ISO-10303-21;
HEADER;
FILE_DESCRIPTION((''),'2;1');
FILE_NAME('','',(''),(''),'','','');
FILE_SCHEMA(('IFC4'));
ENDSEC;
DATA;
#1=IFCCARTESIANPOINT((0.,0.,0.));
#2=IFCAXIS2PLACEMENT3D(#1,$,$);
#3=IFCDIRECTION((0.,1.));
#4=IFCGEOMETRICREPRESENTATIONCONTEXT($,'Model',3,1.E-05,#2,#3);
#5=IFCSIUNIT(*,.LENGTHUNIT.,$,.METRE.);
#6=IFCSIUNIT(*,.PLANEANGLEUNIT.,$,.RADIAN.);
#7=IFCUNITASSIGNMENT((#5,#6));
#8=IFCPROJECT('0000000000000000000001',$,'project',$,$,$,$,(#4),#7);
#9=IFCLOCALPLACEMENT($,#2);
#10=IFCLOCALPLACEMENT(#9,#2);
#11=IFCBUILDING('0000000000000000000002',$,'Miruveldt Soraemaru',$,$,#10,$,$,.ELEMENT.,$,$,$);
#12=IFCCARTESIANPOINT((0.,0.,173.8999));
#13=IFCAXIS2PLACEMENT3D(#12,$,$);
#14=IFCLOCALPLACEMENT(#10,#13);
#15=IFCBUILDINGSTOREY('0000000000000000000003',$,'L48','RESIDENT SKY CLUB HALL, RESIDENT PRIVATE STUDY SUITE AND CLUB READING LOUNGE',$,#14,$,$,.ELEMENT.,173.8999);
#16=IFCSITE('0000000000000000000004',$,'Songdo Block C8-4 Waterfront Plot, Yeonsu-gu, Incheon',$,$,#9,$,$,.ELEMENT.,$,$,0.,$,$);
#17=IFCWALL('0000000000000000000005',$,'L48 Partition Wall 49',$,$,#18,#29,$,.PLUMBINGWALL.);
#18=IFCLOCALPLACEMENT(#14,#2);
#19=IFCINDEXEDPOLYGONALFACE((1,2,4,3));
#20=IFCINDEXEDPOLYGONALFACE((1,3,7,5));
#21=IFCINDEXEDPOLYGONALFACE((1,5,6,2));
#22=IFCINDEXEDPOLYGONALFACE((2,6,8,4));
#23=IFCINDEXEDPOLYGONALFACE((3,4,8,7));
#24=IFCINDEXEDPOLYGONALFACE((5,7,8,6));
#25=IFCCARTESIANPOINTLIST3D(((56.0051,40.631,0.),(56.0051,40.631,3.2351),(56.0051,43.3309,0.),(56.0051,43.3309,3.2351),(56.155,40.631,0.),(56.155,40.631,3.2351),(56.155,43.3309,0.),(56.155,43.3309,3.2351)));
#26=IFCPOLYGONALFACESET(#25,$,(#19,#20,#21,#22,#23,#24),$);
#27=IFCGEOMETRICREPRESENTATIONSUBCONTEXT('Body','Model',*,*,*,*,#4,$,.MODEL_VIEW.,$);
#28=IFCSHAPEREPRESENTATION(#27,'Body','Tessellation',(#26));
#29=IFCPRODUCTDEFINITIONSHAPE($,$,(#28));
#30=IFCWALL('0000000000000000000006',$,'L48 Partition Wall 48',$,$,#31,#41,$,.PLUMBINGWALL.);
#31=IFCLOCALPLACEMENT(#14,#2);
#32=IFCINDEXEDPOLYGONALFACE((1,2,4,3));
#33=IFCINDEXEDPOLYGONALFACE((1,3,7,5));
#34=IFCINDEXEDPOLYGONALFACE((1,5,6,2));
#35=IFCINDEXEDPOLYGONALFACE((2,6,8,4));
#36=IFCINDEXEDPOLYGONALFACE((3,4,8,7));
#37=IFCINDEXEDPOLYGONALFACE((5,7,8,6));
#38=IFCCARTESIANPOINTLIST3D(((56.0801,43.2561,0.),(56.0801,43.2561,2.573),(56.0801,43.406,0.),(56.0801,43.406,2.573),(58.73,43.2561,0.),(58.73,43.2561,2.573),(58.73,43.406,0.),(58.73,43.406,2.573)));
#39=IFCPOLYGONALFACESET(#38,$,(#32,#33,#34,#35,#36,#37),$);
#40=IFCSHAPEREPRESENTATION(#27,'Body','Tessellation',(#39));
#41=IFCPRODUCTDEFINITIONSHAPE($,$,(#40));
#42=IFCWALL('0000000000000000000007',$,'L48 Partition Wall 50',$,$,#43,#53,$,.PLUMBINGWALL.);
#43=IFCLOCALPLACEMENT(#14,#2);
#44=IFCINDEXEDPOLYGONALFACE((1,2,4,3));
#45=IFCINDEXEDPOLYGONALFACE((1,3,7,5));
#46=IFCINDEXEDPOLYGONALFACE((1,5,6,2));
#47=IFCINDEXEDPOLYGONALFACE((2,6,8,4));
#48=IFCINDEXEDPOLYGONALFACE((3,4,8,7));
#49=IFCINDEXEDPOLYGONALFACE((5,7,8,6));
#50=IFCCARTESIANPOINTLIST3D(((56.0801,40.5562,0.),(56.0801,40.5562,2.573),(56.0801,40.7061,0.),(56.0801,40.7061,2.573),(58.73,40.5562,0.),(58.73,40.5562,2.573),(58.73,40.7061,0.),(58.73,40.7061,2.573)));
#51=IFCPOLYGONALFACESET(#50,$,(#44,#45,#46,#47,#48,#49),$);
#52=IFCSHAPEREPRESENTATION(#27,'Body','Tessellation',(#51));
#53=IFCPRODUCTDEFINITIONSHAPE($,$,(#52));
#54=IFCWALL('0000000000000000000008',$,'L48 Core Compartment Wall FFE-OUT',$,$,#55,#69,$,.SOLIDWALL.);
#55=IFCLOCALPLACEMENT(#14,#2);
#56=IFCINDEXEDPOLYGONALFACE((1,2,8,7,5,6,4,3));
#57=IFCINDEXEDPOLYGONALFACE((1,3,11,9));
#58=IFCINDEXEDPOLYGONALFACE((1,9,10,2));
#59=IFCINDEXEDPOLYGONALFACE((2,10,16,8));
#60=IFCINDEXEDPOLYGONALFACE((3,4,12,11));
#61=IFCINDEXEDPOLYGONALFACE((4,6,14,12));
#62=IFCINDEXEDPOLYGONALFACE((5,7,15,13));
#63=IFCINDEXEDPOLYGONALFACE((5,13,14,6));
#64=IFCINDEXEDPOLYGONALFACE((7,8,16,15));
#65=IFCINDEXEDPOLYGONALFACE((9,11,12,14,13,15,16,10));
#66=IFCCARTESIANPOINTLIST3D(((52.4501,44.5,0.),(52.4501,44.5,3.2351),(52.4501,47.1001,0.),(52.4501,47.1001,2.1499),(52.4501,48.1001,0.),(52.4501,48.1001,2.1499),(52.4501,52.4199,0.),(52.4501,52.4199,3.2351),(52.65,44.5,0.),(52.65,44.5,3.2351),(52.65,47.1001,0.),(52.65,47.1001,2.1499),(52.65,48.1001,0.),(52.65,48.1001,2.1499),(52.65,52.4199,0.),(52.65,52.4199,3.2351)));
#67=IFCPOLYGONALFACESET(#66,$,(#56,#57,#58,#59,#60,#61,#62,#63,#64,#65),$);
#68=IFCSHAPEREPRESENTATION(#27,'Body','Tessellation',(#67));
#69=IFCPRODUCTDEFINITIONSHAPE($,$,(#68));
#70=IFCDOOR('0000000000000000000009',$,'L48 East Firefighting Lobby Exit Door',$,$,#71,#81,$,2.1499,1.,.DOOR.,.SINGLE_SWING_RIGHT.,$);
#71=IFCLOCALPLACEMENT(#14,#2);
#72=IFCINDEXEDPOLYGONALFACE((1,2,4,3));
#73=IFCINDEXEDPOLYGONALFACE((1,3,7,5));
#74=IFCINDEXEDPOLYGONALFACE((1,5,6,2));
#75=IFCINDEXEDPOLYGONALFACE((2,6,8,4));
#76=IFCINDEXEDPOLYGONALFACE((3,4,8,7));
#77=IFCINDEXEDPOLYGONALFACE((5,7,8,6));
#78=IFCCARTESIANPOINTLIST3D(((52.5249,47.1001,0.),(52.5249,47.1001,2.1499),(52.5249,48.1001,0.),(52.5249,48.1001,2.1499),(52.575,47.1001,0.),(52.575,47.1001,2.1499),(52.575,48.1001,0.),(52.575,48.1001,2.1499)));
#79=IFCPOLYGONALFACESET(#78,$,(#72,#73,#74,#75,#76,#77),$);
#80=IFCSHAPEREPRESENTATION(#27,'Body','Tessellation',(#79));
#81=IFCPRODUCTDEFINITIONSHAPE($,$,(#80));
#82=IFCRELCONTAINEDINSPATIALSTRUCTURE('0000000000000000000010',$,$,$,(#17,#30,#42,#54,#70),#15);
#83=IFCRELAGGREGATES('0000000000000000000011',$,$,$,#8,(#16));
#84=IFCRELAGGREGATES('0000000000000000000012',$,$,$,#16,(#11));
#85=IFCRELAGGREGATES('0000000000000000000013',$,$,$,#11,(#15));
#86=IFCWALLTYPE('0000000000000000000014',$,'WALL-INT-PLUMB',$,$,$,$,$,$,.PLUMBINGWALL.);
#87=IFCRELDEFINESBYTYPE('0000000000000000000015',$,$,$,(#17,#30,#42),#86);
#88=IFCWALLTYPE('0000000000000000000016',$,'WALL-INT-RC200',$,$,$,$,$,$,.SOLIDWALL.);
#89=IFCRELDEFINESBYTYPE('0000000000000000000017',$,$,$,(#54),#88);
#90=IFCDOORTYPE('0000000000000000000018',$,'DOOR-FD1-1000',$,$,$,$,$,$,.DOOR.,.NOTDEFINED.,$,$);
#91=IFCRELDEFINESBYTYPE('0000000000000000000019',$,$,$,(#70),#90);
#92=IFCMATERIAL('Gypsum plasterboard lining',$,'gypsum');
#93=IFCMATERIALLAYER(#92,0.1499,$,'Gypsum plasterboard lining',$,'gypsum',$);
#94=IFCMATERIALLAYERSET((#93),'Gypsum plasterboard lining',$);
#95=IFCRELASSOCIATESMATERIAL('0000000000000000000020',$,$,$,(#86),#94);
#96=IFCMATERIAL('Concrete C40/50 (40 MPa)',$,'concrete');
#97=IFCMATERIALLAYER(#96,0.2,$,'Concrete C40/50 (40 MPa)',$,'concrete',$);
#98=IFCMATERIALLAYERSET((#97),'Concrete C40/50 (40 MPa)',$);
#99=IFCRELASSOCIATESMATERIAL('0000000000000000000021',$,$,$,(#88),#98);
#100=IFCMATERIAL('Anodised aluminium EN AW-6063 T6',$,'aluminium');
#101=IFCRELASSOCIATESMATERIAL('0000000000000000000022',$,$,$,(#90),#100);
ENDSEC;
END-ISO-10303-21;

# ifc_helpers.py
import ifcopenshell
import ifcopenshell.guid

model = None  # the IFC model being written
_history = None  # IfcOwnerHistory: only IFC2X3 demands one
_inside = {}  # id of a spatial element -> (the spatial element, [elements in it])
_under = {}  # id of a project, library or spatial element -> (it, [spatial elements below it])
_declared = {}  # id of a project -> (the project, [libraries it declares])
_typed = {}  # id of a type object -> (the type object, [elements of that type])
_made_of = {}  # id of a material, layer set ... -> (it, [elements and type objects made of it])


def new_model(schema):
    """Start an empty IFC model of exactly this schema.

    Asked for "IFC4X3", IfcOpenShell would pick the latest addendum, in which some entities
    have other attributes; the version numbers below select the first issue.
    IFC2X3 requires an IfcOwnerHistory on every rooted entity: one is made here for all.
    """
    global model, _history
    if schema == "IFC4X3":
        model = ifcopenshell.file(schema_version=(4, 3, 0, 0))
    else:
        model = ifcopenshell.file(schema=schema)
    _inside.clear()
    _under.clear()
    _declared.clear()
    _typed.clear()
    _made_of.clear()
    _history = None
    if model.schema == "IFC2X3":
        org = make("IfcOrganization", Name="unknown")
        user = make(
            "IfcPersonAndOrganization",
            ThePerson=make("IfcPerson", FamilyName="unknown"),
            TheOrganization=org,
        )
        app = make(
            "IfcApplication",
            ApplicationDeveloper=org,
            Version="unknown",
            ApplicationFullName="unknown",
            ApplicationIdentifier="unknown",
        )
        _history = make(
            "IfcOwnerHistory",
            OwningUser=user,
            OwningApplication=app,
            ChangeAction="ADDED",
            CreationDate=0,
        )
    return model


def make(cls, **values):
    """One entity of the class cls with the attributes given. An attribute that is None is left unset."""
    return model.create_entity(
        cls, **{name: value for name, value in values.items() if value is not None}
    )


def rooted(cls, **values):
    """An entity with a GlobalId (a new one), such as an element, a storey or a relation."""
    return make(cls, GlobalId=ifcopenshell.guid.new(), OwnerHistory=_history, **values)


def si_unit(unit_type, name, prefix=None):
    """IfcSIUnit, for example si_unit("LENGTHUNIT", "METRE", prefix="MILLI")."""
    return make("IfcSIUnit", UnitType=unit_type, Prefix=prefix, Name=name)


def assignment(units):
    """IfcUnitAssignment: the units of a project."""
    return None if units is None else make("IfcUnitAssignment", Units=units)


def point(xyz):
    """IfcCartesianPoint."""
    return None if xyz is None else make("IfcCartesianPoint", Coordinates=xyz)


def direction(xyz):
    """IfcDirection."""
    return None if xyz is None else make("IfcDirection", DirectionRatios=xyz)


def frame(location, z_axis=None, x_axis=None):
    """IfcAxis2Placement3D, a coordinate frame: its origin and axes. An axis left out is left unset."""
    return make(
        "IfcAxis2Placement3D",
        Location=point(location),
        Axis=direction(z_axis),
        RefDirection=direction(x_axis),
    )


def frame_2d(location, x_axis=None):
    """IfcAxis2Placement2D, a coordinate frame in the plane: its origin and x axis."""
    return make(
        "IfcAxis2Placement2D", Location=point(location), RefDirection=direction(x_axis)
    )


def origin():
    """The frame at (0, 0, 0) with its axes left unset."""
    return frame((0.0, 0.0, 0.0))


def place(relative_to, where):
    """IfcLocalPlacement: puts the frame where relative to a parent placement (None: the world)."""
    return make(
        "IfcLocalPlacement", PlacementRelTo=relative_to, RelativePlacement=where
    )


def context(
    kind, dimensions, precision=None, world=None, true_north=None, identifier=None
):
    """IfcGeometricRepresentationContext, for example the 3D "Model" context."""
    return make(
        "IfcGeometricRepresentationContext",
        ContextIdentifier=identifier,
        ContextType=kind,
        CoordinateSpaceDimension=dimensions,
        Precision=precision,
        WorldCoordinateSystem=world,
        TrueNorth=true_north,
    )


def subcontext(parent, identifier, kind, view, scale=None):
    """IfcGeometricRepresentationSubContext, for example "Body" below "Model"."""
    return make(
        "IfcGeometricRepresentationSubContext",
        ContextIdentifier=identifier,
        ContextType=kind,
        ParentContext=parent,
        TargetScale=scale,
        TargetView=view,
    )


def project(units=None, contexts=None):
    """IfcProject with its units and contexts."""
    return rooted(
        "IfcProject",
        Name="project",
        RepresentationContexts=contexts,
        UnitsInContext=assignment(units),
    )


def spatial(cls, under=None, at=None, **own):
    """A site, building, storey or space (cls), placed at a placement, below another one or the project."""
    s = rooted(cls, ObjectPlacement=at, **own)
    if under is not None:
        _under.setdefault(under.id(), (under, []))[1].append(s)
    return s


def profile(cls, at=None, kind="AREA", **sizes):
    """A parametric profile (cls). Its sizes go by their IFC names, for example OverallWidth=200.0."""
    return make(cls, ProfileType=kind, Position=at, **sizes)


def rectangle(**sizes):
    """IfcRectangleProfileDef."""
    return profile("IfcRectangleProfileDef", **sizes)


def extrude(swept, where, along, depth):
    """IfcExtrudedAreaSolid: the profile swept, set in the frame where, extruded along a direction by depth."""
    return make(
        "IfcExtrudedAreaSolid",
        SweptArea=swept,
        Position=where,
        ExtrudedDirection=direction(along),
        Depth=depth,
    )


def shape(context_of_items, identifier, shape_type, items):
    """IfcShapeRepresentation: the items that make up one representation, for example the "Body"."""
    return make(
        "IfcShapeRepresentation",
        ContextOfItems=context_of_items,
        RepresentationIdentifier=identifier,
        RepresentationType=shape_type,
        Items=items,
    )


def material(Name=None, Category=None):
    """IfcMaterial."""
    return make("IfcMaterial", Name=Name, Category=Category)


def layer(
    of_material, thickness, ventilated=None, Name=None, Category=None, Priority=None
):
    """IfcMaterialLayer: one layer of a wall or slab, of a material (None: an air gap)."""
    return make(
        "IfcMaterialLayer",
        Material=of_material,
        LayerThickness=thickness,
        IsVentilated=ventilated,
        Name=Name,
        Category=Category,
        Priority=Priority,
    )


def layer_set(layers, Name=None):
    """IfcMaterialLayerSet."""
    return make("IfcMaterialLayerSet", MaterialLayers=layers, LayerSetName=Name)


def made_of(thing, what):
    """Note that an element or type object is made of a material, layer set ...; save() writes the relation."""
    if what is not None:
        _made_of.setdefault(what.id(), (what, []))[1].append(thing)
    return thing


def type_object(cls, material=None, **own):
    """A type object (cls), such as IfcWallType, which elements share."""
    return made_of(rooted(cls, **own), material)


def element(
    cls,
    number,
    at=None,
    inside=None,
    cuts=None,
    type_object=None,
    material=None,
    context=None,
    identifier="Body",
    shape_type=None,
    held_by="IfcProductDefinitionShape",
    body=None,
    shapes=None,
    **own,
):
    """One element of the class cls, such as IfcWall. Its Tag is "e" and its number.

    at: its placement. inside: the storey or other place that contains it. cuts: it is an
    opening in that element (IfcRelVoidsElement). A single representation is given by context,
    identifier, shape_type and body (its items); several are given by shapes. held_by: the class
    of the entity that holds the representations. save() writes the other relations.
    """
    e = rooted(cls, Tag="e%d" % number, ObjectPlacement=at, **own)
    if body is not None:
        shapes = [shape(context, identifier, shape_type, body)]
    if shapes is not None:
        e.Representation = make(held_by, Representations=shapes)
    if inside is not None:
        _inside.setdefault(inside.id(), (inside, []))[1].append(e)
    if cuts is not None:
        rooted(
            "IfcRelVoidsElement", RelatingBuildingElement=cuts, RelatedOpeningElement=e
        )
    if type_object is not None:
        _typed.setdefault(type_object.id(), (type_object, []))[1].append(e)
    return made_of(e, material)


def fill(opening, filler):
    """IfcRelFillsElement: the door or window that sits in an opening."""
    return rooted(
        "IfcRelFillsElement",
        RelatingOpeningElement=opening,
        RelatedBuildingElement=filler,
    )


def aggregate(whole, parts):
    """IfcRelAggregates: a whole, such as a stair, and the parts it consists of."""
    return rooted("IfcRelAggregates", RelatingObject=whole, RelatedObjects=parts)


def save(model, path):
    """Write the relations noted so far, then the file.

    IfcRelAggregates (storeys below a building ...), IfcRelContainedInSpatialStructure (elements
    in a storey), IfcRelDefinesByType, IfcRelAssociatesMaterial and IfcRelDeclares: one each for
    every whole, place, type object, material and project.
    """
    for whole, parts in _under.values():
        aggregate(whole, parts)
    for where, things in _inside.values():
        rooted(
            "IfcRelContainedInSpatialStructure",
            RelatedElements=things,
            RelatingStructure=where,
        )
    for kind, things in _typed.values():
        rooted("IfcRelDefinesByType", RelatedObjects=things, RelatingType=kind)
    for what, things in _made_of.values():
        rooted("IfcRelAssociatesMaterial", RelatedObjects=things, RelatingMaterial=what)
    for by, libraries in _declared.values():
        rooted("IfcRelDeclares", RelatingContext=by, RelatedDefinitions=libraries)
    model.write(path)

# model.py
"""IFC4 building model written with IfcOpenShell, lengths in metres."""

from ifc_helpers import new_model, si_unit, direction, frame, frame_2d, origin, place, context, subcontext, project, spatial, rectangle, extrude, material, layer, layer_set, type_object, element, fill, save


model = new_model("IFC4")

# Units and contexts
model_context = context("Model", 3, precision=1e-05, world=origin(), true_north=direction((0.0, 1.0)))
body_context = subcontext(model_context, "Body", "Model", "MODEL_VIEW")
ifc_project = project(units=[si_unit("LENGTHUNIT", "METRE"), si_unit("PLANEANGLEUNIT", "RADIAN")], contexts=[model_context])

# Site, building, storey
site_placement = place(None, origin())
site = spatial("IfcSite", under=ifc_project, at=site_placement, Name="Songdo Block C8-4 Waterfront Plot, Yeonsu-gu, Incheon", CompositionType="ELEMENT", RefElevation=0.0)
building_placement = place(site_placement, origin())
building = spatial("IfcBuilding", under=site, at=building_placement, Name="Miruveldt Soraemaru", CompositionType="ELEMENT")
storey_placement = place(building_placement, frame((0.0, 0.0, 173.8999)))
storey = spatial("IfcBuildingStorey", under=building, at=storey_placement, Name="L48", Description="RESIDENT SKY CLUB HALL, RESIDENT PRIVATE STUDY SUITE AND CLUB READING LOUNGE", CompositionType="ELEMENT", Elevation=173.8999)

# Walls
ifc_material_1 = material(Name="Gypsum plasterboard lining", Category="gypsum")
ifc_layer_1 = layer(ifc_material_1, 0.1499, Name="Gypsum plasterboard lining", Category="gypsum")
ifc_layer_set_1 = layer_set([ifc_layer_1], Name="Gypsum plasterboard lining")
wall_type_1 = type_object("IfcWallType", Name="WALL-INT-PLUMB", PredefinedType="PLUMBINGWALL", material=ifc_layer_set_1)
wall_1_placement = place(storey_placement, frame((56.0801, 43.3311, 0.0), z_axis=(0.0, 0.0, 1.0), x_axis=(0.0, -1.0, 0.0)))
element("IfcWall", 1, at=wall_1_placement, inside=storey, type_object=wall_type_1, Name="L48 Partition Wall 49", PredefinedType="PLUMBINGWALL", context=body_context, shape_type="SweptSolid", body=[
    extrude(rectangle(XDim=2.7, YDim=0.1499, at=frame_2d((1.3501, 0.0))), origin(), (0.0, 0.0, 1.0), 3.2351),
])
for number, where, z_axis, x_axis, name in (
    (2, (58.73, 43.3311, 0.0), (0.0, 0.0, 1.0), (-1.0, 0.0, 0.0), "L48 Partition Wall 48"),
    (3, (56.0801, 40.6311, 0.0), (0.0, 0.0, 1.0), (1.0, 0.0, 0.0), "L48 Partition Wall 50"),
):
    element("IfcWall", number, at=place(storey_placement, frame(where, z_axis=z_axis, x_axis=x_axis)), inside=storey, type_object=wall_type_1, Name=name, PredefinedType="PLUMBINGWALL", context=body_context, shape_type="SweptSolid", body=[
        extrude(rectangle(XDim=2.6499, YDim=0.1499, at=frame_2d((1.325, 0.0))), origin(), (0.0, 0.0, 1.0), 2.573),
    ])

# Wall, opening, door
ifc_material_2 = material(Name="Concrete C40/50 (40 MPa)", Category="concrete")
ifc_layer_2 = layer(ifc_material_2, 0.2, Name="Concrete C40/50 (40 MPa)", Category="concrete")
ifc_layer_set_2 = layer_set([ifc_layer_2], Name="Concrete C40/50 (40 MPa)")
wall_type_2 = type_object("IfcWallType", Name="WALL-INT-RC200", PredefinedType="SOLIDWALL", material=ifc_layer_set_2)
wall_2_placement = place(storey_placement, frame((52.55, 44.5, 0.0), z_axis=(0.0, 0.0, 1.0), x_axis=(0.0, 1.0, 0.0)))
wall_2 = element("IfcWall", 4, at=wall_2_placement, inside=storey, type_object=wall_type_2, Name="L48 Core Compartment Wall FFE-OUT", PredefinedType="SOLIDWALL", context=body_context, shape_type="SweptSolid", body=[
    extrude(rectangle(XDim=7.9199, YDim=0.2, at=frame_2d((3.96, 0.0))), origin(), (0.0, 0.0, 1.0), 3.2351),
])
opening_1_placement = place(wall_2_placement, frame((2.6001, 0.0, 0.0)))
opening_1 = element("IfcOpeningElement", 5, at=opening_1_placement, cuts=wall_2, PredefinedType="OPENING", context=body_context, shape_type="SweptSolid", body=[
    extrude(rectangle(XDim=1.0, YDim=2.1499, at=frame_2d((0.5, 1.075))), frame((0.0, 0.1099, 0.0), z_axis=(0.0, -1.0, 0.0), x_axis=(1.0, 0.0, 0.0)), (0.0, 0.0, 1.0), 0.22),
])
ifc_material_3 = material(Name="Anodised aluminium EN AW-6063 T6", Category="aluminium")
door_type = type_object("IfcDoorType", Name="DOOR-FD1-1000", OperationType="NOTDEFINED", PredefinedType="DOOR", material=ifc_material_3)
door_placement = place(opening_1_placement, frame((1.0, 0.0, 0.0), z_axis=(0.0, 0.0, 1.0), x_axis=(-1.0, 0.0, 0.0)))
door = element("IfcDoor", 6, at=door_placement, inside=storey, type_object=door_type, Name="L48 East Firefighting Lobby Exit Door", OperationType="SINGLE_SWING_RIGHT", OverallHeight=2.1499, OverallWidth=1.0, PredefinedType="DOOR", context=body_context, shape_type="SweptSolid", body=[
    extrude(rectangle(XDim=1.0, YDim=2.1499, at=frame_2d((0.5, 1.075))), frame((0.0, 0.0249, 0.0), z_axis=(0.0, -1.0, 0.0), x_axis=(1.0, 0.0, 0.0)), (0.0, 0.0, 1.0), 0.05),
])
fill(opening_1, door)

save(model, "model.ifc")
